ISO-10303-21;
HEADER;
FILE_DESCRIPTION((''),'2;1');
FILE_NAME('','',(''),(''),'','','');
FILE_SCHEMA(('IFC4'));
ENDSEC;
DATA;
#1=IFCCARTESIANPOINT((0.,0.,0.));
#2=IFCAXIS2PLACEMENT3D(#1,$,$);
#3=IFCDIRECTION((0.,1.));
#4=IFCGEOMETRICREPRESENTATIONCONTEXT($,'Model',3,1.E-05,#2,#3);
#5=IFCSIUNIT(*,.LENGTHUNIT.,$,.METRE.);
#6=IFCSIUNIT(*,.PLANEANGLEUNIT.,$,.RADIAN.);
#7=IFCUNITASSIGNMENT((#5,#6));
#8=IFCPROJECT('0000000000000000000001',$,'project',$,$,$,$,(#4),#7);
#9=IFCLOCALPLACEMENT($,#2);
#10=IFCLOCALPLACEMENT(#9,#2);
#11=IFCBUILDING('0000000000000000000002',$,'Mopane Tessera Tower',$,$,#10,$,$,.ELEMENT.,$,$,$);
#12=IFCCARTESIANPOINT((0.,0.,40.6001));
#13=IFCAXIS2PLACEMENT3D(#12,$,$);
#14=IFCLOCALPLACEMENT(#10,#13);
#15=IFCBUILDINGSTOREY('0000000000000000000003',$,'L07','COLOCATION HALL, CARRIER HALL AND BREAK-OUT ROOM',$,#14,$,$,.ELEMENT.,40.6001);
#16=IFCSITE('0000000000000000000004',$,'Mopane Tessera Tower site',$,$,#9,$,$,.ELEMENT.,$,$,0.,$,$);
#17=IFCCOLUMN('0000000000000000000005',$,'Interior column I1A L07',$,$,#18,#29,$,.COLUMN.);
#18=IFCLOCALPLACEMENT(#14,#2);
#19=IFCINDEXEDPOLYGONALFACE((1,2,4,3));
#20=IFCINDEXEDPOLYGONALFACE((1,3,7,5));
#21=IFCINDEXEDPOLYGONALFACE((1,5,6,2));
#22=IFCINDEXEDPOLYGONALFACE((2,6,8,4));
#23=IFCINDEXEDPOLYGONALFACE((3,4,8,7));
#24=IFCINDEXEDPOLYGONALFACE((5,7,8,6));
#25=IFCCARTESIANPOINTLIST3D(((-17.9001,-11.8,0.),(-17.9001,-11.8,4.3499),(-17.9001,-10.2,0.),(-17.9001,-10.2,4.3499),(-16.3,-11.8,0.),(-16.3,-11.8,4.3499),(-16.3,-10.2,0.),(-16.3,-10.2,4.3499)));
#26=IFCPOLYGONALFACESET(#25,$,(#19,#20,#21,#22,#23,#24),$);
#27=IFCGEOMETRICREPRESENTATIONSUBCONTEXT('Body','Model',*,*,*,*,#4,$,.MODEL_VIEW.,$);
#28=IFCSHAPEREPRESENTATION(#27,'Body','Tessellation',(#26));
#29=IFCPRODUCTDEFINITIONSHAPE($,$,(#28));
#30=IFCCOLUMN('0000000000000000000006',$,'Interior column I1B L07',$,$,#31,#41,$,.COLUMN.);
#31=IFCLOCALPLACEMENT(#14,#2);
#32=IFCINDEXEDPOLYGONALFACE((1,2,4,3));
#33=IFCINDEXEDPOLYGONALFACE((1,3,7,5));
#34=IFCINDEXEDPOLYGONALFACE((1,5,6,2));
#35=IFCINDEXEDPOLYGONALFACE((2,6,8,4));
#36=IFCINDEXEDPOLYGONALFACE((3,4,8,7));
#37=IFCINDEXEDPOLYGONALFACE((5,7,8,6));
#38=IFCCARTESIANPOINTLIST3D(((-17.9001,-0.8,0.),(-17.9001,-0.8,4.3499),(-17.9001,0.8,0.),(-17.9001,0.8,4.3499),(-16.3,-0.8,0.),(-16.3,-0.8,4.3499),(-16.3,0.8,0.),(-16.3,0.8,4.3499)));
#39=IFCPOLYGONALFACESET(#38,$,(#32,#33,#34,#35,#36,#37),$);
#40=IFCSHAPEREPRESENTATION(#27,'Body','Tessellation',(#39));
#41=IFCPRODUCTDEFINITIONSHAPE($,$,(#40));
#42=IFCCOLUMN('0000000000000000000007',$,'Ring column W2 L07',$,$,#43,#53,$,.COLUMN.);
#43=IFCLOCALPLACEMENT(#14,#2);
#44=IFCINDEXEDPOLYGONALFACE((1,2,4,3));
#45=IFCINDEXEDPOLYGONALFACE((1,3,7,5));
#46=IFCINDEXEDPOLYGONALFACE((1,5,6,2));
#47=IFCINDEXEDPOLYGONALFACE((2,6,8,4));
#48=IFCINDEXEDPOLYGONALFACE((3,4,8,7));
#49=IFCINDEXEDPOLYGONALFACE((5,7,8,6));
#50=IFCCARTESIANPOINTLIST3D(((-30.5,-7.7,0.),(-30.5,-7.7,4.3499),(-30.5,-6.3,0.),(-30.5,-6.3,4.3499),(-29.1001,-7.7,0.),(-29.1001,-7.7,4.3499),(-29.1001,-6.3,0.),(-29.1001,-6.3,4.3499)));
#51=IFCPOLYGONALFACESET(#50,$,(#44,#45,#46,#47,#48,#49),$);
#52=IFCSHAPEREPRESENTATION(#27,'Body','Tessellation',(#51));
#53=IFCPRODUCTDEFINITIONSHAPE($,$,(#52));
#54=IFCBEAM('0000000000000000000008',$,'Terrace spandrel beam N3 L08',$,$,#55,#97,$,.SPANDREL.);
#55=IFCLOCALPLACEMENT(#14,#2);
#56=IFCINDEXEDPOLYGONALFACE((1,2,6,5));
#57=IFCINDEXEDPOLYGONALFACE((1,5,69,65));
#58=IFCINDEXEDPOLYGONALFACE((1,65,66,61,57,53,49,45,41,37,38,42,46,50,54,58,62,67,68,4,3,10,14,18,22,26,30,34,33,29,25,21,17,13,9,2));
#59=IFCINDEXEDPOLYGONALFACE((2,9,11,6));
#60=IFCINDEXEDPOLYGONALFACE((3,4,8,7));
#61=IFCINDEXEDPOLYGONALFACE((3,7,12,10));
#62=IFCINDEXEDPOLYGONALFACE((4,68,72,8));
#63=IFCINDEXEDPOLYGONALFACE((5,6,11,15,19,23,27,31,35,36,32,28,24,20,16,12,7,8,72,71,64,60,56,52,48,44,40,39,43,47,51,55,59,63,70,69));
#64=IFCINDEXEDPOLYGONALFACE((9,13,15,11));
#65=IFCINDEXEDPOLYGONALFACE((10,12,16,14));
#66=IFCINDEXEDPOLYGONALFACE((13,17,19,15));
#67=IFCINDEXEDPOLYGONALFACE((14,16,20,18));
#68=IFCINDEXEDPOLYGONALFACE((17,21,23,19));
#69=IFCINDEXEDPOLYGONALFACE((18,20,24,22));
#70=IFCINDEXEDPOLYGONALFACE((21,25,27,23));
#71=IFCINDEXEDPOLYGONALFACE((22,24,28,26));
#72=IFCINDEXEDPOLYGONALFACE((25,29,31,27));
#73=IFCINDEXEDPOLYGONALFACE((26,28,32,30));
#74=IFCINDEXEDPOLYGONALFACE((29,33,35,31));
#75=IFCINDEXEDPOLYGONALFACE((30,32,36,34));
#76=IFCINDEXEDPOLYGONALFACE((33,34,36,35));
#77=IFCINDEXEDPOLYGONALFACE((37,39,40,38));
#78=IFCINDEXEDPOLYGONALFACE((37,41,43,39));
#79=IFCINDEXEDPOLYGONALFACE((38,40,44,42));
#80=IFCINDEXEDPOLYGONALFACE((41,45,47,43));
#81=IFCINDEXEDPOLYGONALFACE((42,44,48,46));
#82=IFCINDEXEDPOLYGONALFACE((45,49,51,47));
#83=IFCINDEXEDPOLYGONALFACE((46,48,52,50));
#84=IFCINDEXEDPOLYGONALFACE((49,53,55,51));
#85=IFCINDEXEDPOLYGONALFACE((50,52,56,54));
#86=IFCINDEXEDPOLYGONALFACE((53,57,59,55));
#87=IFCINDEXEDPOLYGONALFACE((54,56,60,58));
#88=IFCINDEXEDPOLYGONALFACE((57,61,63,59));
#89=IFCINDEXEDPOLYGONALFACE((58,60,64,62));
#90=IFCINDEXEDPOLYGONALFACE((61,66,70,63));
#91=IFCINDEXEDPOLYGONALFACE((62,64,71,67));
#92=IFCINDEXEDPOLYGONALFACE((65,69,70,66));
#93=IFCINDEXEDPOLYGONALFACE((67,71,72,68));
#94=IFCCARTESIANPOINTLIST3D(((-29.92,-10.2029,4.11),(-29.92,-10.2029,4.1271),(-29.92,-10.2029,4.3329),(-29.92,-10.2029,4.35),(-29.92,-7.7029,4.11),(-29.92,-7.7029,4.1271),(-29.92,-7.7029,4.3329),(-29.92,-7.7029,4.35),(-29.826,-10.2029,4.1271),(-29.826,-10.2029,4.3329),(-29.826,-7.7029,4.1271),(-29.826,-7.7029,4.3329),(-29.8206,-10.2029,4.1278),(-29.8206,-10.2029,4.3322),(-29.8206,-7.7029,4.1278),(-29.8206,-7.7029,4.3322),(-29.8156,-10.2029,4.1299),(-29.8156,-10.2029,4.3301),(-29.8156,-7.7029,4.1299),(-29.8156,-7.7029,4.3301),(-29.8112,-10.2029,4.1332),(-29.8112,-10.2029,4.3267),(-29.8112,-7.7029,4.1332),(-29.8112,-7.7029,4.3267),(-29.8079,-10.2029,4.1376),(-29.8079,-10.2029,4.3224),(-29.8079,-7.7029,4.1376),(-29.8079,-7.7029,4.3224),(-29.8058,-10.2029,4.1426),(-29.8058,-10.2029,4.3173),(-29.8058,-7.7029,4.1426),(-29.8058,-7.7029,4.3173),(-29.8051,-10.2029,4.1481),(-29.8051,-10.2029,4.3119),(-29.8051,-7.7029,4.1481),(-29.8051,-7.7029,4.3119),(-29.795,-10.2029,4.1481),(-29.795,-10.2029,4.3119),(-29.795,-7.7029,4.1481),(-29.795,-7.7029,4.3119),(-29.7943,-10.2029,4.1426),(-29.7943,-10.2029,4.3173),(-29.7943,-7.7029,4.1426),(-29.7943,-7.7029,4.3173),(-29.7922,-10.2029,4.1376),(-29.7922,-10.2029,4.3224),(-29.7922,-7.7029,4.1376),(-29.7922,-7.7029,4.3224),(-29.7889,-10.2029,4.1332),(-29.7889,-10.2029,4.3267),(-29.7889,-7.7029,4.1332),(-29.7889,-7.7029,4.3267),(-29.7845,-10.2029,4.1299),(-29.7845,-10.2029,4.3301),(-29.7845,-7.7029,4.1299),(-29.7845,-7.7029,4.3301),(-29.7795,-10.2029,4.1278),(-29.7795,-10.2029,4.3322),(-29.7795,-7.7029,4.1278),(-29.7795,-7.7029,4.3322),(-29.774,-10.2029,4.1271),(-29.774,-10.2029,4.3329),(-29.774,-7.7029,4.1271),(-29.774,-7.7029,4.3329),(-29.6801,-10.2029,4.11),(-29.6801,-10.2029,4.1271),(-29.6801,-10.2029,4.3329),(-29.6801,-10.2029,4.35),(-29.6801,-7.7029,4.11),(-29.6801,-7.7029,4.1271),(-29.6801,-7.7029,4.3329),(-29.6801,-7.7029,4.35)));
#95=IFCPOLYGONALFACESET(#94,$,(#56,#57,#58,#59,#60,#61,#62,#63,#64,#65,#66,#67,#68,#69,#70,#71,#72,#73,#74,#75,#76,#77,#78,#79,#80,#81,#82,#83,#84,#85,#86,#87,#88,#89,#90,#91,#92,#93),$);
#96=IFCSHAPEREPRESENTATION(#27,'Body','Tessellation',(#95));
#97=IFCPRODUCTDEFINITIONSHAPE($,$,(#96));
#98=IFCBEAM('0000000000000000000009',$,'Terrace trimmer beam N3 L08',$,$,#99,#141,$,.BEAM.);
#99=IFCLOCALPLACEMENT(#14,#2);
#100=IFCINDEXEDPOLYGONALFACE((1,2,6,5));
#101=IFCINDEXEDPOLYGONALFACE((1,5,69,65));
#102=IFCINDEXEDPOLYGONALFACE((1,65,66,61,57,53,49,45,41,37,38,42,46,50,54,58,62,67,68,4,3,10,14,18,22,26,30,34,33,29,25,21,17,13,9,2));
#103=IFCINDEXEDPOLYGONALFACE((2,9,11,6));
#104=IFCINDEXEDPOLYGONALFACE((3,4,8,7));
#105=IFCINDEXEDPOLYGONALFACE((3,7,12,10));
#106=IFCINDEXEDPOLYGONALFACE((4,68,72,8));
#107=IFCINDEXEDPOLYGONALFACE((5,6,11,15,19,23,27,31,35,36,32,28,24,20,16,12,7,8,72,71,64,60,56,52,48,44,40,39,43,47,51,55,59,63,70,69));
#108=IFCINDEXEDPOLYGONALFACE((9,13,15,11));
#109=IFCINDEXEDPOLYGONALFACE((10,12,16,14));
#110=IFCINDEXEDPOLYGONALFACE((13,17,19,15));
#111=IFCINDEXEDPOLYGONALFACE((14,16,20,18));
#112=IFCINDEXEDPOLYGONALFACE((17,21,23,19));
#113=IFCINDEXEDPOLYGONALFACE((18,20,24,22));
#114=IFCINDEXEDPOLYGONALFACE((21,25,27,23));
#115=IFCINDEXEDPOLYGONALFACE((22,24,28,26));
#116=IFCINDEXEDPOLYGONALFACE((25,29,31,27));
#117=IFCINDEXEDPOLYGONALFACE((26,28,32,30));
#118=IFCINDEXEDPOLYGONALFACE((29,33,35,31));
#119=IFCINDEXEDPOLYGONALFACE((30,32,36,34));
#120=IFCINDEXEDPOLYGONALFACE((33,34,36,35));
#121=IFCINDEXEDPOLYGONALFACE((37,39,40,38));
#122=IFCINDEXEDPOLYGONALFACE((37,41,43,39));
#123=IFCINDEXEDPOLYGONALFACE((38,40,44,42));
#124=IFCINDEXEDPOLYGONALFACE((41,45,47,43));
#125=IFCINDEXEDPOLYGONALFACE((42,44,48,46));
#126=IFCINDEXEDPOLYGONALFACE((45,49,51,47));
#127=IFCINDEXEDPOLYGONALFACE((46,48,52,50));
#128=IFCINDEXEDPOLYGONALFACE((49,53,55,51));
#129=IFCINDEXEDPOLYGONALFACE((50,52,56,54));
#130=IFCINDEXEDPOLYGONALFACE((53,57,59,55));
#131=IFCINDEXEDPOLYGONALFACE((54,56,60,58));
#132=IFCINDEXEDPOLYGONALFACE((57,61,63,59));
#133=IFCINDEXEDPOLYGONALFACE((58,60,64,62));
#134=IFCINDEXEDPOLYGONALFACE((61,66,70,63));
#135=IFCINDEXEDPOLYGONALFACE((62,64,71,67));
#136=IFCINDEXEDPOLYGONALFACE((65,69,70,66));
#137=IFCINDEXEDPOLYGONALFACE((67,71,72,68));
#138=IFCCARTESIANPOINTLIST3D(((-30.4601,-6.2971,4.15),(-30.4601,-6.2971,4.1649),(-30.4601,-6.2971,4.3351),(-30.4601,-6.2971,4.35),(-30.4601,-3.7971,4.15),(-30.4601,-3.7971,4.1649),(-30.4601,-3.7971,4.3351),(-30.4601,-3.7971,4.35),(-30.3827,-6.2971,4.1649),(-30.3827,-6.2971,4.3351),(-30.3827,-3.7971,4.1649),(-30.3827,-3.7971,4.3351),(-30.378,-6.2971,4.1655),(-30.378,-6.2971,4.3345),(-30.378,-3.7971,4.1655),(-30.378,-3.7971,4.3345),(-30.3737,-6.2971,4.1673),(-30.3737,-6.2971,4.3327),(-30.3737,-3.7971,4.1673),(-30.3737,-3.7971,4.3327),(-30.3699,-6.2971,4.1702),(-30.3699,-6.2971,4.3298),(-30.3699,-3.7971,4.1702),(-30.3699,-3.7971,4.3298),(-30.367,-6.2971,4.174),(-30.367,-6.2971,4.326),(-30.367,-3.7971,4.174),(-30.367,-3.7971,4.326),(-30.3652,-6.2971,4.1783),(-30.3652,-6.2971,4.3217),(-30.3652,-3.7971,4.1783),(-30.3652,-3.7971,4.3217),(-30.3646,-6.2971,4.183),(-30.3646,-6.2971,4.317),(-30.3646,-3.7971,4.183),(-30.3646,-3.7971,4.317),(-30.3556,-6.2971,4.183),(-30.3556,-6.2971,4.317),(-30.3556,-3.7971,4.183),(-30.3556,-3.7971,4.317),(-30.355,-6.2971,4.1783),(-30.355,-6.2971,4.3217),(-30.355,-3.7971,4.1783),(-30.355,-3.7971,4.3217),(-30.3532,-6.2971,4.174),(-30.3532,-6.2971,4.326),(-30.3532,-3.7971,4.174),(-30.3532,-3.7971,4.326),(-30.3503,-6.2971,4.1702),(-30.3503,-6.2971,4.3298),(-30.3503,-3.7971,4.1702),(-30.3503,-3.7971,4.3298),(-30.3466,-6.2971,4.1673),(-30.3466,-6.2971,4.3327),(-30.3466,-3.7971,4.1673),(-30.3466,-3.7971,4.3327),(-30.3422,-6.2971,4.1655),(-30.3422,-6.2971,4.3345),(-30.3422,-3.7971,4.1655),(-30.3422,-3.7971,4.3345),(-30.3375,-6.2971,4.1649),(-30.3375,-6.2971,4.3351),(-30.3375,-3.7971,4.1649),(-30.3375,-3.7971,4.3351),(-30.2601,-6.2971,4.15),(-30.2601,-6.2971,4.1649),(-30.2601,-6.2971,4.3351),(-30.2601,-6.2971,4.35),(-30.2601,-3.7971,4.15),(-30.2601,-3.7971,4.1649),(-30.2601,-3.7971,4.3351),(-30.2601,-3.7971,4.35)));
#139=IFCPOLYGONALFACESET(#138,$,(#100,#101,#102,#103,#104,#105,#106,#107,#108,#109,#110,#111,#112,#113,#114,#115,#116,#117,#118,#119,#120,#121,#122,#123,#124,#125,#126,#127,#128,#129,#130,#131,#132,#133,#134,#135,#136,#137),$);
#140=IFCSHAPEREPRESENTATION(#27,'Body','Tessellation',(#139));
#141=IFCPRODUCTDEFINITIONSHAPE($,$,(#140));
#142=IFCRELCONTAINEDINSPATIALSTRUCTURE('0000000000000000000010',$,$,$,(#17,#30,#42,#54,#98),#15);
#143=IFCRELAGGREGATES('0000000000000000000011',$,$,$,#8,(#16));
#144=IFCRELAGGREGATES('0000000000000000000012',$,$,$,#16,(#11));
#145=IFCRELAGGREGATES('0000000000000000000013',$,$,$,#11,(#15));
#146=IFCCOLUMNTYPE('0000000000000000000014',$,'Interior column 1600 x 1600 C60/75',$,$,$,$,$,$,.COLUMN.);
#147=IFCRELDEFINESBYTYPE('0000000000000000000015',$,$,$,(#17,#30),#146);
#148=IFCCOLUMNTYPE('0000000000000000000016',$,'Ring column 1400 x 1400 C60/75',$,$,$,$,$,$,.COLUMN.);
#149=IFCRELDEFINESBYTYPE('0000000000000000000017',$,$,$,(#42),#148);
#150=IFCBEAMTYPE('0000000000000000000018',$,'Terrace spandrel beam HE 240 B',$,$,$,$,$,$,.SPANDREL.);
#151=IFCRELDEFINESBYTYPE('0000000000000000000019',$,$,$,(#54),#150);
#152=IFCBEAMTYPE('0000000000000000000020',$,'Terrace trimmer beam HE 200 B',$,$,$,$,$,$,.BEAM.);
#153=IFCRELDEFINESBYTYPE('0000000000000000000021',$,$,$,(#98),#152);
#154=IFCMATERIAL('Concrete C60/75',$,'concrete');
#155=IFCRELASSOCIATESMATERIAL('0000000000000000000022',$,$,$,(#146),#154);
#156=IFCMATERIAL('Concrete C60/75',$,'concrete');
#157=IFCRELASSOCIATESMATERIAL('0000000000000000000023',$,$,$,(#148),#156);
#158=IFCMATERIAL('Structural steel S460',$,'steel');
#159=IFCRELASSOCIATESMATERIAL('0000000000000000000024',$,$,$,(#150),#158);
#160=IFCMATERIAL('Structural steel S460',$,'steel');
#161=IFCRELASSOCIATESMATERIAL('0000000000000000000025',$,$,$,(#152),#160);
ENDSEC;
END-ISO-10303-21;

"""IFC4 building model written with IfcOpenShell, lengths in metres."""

from ifc_helpers import new_model, si_unit, direction, frame, origin, origin_2d, place, context, subcontext, project, spatial, rectangle, i_section, extrude, material, material_profile, profile_set, type_object, element, save


model = new_model("IFC4")

# Units and contexts
model_context = context("Model", 3, precision=1e-05, world=origin(), true_north=direction((0.0, 1.0)))
body_context = subcontext(model_context, "Body", "Model", "MODEL_VIEW")
ifc_project = project(units=[si_unit("LENGTHUNIT", "METRE"), si_unit("PLANEANGLEUNIT", "RADIAN")], contexts=[model_context])

# Site, building, storey
site_placement = place(None, origin())
site = spatial("IfcSite", under=ifc_project, at=site_placement, Name="Mopane Tessera Tower site", CompositionType="ELEMENT", RefElevation=0.0)
building_placement = place(site_placement, origin())
building = spatial("IfcBuilding", under=site, at=building_placement, Name="Mopane Tessera Tower", CompositionType="ELEMENT")
storey_placement = place(building_placement, frame((0.0, 0.0, 40.6001)))
storey = spatial("IfcBuildingStorey", under=building, at=storey_placement, Name="L07", Description="COLOCATION HALL, CARRIER HALL AND BREAK-OUT ROOM", CompositionType="ELEMENT", Elevation=40.6001)

# Columns
ifc_material_1 = material(Name="Concrete C60/75", Category="concrete")
ifc_material_profile_1 = material_profile(ifc_material_1, rectangle(XDim=1.6001, YDim=1.6001, at=origin_2d()))
ifc_profile_set_1 = profile_set([ifc_material_profile_1], Name="Concrete C60/75")
column_type_1 = type_object("IfcColumnType", Name="Interior column 1600 x 1600 C60/75", PredefinedType="COLUMN", material=ifc_profile_set_1)
for number, where, z_axis, x_axis, name in (
    (1, (-17.1001, -11.0, 0.0), (0.0, 0.0, 1.0), (1.0, 0.0, 0.0), "Interior column I1A L07"),
    (2, (-17.1001, 0.0, 0.0), (0.0, 0.0, 1.0), (1.0, 0.0, 0.0), "Interior column I1B L07"),
):
    element("IfcColumn", number, at=place(storey_placement, frame(where, z_axis=z_axis, x_axis=x_axis)), inside=storey, type_object=column_type_1, Name=name, PredefinedType="COLUMN", context=body_context, shape_type="SweptSolid", body=[
        extrude(rectangle(XDim=1.6001, YDim=1.6001, at=origin_2d()), origin(), (0.0, 0.0, 1.0), 4.3499),
    ])
ifc_material_2 = material(Name="Concrete C60/75", Category="concrete")
ifc_material_profile_2 = material_profile(ifc_material_2, rectangle(XDim=1.3999, YDim=1.3999, at=origin_2d()))
ifc_profile_set_2 = profile_set([ifc_material_profile_2], Name="Concrete C60/75")
column_type_2 = type_object("IfcColumnType", Name="Ring column 1400 x 1400 C60/75", PredefinedType="COLUMN", material=ifc_profile_set_2)
column_placement = place(storey_placement, frame((-29.8, -7.0, 0.0), z_axis=(0.0, 0.0, 1.0), x_axis=(1.0, 0.0, 0.0)))
element("IfcColumn", 3, at=column_placement, inside=storey, type_object=column_type_2, Name="Ring column W2 L07", PredefinedType="COLUMN", context=body_context, shape_type="SweptSolid", body=[
    extrude(rectangle(XDim=1.3999, YDim=1.3999, at=origin_2d()), origin(), (0.0, 0.0, 1.0), 4.3499),
])

# Beams
ifc_material_3 = material(Name="Structural steel S460", Category="steel")
ifc_material_profile_3 = material_profile(ifc_material_3, i_section(OverallWidth=0.24, OverallDepth=0.24, WebThickness=0.01, FlangeThickness=0.0171, FilletRadius=0.021, at=origin_2d()))
ifc_profile_set_3 = profile_set([ifc_material_profile_3], Name="Structural steel S460")
beam_type_1 = type_object("IfcBeamType", Name="Terrace spandrel beam HE 240 B", PredefinedType="SPANDREL", material=ifc_profile_set_3)
beam_1_placement = place(storey_placement, frame((-29.8, -7.7029, 4.23), z_axis=(0.0, -1.0, 0.0), x_axis=(1.0, 0.0, 0.0)))
element("IfcBeam", 4, at=beam_1_placement, inside=storey, type_object=beam_type_1, Name="Terrace spandrel beam N3 L08", PredefinedType="SPANDREL", context=body_context, shape_type="SweptSolid", body=[
    extrude(i_section(OverallWidth=0.24, OverallDepth=0.24, WebThickness=0.01, FlangeThickness=0.0171, FilletRadius=0.021, at=origin_2d()), origin(), (0.0, 0.0, 1.0), 2.5),
])
ifc_material_4 = material(Name="Structural steel S460", Category="steel")
ifc_material_profile_4 = material_profile(ifc_material_4, i_section(OverallWidth=0.2, OverallDepth=0.2, WebThickness=0.009, FlangeThickness=0.0149, FilletRadius=0.0181, at=origin_2d()))
ifc_profile_set_4 = profile_set([ifc_material_profile_4], Name="Structural steel S460")
beam_type_2 = type_object("IfcBeamType", Name="Terrace trimmer beam HE 200 B", PredefinedType="BEAM", material=ifc_profile_set_4)
beam_2_placement = place(storey_placement, frame((-30.3601, -6.2971, 4.25), z_axis=(0.0, 1.0, 0.0), x_axis=(-1.0, 0.0, 0.0)))
element("IfcBeam", 5, at=beam_2_placement, inside=storey, type_object=beam_type_2, Name="Terrace trimmer beam N3 L08", PredefinedType="BEAM", context=body_context, shape_type="SweptSolid", body=[
    extrude(i_section(OverallWidth=0.2, OverallDepth=0.2, WebThickness=0.009, FlangeThickness=0.0149, FilletRadius=0.0181, at=origin_2d()), origin(), (0.0, 0.0, 1.0), 2.5),
])

save(model, "model.ifc")
